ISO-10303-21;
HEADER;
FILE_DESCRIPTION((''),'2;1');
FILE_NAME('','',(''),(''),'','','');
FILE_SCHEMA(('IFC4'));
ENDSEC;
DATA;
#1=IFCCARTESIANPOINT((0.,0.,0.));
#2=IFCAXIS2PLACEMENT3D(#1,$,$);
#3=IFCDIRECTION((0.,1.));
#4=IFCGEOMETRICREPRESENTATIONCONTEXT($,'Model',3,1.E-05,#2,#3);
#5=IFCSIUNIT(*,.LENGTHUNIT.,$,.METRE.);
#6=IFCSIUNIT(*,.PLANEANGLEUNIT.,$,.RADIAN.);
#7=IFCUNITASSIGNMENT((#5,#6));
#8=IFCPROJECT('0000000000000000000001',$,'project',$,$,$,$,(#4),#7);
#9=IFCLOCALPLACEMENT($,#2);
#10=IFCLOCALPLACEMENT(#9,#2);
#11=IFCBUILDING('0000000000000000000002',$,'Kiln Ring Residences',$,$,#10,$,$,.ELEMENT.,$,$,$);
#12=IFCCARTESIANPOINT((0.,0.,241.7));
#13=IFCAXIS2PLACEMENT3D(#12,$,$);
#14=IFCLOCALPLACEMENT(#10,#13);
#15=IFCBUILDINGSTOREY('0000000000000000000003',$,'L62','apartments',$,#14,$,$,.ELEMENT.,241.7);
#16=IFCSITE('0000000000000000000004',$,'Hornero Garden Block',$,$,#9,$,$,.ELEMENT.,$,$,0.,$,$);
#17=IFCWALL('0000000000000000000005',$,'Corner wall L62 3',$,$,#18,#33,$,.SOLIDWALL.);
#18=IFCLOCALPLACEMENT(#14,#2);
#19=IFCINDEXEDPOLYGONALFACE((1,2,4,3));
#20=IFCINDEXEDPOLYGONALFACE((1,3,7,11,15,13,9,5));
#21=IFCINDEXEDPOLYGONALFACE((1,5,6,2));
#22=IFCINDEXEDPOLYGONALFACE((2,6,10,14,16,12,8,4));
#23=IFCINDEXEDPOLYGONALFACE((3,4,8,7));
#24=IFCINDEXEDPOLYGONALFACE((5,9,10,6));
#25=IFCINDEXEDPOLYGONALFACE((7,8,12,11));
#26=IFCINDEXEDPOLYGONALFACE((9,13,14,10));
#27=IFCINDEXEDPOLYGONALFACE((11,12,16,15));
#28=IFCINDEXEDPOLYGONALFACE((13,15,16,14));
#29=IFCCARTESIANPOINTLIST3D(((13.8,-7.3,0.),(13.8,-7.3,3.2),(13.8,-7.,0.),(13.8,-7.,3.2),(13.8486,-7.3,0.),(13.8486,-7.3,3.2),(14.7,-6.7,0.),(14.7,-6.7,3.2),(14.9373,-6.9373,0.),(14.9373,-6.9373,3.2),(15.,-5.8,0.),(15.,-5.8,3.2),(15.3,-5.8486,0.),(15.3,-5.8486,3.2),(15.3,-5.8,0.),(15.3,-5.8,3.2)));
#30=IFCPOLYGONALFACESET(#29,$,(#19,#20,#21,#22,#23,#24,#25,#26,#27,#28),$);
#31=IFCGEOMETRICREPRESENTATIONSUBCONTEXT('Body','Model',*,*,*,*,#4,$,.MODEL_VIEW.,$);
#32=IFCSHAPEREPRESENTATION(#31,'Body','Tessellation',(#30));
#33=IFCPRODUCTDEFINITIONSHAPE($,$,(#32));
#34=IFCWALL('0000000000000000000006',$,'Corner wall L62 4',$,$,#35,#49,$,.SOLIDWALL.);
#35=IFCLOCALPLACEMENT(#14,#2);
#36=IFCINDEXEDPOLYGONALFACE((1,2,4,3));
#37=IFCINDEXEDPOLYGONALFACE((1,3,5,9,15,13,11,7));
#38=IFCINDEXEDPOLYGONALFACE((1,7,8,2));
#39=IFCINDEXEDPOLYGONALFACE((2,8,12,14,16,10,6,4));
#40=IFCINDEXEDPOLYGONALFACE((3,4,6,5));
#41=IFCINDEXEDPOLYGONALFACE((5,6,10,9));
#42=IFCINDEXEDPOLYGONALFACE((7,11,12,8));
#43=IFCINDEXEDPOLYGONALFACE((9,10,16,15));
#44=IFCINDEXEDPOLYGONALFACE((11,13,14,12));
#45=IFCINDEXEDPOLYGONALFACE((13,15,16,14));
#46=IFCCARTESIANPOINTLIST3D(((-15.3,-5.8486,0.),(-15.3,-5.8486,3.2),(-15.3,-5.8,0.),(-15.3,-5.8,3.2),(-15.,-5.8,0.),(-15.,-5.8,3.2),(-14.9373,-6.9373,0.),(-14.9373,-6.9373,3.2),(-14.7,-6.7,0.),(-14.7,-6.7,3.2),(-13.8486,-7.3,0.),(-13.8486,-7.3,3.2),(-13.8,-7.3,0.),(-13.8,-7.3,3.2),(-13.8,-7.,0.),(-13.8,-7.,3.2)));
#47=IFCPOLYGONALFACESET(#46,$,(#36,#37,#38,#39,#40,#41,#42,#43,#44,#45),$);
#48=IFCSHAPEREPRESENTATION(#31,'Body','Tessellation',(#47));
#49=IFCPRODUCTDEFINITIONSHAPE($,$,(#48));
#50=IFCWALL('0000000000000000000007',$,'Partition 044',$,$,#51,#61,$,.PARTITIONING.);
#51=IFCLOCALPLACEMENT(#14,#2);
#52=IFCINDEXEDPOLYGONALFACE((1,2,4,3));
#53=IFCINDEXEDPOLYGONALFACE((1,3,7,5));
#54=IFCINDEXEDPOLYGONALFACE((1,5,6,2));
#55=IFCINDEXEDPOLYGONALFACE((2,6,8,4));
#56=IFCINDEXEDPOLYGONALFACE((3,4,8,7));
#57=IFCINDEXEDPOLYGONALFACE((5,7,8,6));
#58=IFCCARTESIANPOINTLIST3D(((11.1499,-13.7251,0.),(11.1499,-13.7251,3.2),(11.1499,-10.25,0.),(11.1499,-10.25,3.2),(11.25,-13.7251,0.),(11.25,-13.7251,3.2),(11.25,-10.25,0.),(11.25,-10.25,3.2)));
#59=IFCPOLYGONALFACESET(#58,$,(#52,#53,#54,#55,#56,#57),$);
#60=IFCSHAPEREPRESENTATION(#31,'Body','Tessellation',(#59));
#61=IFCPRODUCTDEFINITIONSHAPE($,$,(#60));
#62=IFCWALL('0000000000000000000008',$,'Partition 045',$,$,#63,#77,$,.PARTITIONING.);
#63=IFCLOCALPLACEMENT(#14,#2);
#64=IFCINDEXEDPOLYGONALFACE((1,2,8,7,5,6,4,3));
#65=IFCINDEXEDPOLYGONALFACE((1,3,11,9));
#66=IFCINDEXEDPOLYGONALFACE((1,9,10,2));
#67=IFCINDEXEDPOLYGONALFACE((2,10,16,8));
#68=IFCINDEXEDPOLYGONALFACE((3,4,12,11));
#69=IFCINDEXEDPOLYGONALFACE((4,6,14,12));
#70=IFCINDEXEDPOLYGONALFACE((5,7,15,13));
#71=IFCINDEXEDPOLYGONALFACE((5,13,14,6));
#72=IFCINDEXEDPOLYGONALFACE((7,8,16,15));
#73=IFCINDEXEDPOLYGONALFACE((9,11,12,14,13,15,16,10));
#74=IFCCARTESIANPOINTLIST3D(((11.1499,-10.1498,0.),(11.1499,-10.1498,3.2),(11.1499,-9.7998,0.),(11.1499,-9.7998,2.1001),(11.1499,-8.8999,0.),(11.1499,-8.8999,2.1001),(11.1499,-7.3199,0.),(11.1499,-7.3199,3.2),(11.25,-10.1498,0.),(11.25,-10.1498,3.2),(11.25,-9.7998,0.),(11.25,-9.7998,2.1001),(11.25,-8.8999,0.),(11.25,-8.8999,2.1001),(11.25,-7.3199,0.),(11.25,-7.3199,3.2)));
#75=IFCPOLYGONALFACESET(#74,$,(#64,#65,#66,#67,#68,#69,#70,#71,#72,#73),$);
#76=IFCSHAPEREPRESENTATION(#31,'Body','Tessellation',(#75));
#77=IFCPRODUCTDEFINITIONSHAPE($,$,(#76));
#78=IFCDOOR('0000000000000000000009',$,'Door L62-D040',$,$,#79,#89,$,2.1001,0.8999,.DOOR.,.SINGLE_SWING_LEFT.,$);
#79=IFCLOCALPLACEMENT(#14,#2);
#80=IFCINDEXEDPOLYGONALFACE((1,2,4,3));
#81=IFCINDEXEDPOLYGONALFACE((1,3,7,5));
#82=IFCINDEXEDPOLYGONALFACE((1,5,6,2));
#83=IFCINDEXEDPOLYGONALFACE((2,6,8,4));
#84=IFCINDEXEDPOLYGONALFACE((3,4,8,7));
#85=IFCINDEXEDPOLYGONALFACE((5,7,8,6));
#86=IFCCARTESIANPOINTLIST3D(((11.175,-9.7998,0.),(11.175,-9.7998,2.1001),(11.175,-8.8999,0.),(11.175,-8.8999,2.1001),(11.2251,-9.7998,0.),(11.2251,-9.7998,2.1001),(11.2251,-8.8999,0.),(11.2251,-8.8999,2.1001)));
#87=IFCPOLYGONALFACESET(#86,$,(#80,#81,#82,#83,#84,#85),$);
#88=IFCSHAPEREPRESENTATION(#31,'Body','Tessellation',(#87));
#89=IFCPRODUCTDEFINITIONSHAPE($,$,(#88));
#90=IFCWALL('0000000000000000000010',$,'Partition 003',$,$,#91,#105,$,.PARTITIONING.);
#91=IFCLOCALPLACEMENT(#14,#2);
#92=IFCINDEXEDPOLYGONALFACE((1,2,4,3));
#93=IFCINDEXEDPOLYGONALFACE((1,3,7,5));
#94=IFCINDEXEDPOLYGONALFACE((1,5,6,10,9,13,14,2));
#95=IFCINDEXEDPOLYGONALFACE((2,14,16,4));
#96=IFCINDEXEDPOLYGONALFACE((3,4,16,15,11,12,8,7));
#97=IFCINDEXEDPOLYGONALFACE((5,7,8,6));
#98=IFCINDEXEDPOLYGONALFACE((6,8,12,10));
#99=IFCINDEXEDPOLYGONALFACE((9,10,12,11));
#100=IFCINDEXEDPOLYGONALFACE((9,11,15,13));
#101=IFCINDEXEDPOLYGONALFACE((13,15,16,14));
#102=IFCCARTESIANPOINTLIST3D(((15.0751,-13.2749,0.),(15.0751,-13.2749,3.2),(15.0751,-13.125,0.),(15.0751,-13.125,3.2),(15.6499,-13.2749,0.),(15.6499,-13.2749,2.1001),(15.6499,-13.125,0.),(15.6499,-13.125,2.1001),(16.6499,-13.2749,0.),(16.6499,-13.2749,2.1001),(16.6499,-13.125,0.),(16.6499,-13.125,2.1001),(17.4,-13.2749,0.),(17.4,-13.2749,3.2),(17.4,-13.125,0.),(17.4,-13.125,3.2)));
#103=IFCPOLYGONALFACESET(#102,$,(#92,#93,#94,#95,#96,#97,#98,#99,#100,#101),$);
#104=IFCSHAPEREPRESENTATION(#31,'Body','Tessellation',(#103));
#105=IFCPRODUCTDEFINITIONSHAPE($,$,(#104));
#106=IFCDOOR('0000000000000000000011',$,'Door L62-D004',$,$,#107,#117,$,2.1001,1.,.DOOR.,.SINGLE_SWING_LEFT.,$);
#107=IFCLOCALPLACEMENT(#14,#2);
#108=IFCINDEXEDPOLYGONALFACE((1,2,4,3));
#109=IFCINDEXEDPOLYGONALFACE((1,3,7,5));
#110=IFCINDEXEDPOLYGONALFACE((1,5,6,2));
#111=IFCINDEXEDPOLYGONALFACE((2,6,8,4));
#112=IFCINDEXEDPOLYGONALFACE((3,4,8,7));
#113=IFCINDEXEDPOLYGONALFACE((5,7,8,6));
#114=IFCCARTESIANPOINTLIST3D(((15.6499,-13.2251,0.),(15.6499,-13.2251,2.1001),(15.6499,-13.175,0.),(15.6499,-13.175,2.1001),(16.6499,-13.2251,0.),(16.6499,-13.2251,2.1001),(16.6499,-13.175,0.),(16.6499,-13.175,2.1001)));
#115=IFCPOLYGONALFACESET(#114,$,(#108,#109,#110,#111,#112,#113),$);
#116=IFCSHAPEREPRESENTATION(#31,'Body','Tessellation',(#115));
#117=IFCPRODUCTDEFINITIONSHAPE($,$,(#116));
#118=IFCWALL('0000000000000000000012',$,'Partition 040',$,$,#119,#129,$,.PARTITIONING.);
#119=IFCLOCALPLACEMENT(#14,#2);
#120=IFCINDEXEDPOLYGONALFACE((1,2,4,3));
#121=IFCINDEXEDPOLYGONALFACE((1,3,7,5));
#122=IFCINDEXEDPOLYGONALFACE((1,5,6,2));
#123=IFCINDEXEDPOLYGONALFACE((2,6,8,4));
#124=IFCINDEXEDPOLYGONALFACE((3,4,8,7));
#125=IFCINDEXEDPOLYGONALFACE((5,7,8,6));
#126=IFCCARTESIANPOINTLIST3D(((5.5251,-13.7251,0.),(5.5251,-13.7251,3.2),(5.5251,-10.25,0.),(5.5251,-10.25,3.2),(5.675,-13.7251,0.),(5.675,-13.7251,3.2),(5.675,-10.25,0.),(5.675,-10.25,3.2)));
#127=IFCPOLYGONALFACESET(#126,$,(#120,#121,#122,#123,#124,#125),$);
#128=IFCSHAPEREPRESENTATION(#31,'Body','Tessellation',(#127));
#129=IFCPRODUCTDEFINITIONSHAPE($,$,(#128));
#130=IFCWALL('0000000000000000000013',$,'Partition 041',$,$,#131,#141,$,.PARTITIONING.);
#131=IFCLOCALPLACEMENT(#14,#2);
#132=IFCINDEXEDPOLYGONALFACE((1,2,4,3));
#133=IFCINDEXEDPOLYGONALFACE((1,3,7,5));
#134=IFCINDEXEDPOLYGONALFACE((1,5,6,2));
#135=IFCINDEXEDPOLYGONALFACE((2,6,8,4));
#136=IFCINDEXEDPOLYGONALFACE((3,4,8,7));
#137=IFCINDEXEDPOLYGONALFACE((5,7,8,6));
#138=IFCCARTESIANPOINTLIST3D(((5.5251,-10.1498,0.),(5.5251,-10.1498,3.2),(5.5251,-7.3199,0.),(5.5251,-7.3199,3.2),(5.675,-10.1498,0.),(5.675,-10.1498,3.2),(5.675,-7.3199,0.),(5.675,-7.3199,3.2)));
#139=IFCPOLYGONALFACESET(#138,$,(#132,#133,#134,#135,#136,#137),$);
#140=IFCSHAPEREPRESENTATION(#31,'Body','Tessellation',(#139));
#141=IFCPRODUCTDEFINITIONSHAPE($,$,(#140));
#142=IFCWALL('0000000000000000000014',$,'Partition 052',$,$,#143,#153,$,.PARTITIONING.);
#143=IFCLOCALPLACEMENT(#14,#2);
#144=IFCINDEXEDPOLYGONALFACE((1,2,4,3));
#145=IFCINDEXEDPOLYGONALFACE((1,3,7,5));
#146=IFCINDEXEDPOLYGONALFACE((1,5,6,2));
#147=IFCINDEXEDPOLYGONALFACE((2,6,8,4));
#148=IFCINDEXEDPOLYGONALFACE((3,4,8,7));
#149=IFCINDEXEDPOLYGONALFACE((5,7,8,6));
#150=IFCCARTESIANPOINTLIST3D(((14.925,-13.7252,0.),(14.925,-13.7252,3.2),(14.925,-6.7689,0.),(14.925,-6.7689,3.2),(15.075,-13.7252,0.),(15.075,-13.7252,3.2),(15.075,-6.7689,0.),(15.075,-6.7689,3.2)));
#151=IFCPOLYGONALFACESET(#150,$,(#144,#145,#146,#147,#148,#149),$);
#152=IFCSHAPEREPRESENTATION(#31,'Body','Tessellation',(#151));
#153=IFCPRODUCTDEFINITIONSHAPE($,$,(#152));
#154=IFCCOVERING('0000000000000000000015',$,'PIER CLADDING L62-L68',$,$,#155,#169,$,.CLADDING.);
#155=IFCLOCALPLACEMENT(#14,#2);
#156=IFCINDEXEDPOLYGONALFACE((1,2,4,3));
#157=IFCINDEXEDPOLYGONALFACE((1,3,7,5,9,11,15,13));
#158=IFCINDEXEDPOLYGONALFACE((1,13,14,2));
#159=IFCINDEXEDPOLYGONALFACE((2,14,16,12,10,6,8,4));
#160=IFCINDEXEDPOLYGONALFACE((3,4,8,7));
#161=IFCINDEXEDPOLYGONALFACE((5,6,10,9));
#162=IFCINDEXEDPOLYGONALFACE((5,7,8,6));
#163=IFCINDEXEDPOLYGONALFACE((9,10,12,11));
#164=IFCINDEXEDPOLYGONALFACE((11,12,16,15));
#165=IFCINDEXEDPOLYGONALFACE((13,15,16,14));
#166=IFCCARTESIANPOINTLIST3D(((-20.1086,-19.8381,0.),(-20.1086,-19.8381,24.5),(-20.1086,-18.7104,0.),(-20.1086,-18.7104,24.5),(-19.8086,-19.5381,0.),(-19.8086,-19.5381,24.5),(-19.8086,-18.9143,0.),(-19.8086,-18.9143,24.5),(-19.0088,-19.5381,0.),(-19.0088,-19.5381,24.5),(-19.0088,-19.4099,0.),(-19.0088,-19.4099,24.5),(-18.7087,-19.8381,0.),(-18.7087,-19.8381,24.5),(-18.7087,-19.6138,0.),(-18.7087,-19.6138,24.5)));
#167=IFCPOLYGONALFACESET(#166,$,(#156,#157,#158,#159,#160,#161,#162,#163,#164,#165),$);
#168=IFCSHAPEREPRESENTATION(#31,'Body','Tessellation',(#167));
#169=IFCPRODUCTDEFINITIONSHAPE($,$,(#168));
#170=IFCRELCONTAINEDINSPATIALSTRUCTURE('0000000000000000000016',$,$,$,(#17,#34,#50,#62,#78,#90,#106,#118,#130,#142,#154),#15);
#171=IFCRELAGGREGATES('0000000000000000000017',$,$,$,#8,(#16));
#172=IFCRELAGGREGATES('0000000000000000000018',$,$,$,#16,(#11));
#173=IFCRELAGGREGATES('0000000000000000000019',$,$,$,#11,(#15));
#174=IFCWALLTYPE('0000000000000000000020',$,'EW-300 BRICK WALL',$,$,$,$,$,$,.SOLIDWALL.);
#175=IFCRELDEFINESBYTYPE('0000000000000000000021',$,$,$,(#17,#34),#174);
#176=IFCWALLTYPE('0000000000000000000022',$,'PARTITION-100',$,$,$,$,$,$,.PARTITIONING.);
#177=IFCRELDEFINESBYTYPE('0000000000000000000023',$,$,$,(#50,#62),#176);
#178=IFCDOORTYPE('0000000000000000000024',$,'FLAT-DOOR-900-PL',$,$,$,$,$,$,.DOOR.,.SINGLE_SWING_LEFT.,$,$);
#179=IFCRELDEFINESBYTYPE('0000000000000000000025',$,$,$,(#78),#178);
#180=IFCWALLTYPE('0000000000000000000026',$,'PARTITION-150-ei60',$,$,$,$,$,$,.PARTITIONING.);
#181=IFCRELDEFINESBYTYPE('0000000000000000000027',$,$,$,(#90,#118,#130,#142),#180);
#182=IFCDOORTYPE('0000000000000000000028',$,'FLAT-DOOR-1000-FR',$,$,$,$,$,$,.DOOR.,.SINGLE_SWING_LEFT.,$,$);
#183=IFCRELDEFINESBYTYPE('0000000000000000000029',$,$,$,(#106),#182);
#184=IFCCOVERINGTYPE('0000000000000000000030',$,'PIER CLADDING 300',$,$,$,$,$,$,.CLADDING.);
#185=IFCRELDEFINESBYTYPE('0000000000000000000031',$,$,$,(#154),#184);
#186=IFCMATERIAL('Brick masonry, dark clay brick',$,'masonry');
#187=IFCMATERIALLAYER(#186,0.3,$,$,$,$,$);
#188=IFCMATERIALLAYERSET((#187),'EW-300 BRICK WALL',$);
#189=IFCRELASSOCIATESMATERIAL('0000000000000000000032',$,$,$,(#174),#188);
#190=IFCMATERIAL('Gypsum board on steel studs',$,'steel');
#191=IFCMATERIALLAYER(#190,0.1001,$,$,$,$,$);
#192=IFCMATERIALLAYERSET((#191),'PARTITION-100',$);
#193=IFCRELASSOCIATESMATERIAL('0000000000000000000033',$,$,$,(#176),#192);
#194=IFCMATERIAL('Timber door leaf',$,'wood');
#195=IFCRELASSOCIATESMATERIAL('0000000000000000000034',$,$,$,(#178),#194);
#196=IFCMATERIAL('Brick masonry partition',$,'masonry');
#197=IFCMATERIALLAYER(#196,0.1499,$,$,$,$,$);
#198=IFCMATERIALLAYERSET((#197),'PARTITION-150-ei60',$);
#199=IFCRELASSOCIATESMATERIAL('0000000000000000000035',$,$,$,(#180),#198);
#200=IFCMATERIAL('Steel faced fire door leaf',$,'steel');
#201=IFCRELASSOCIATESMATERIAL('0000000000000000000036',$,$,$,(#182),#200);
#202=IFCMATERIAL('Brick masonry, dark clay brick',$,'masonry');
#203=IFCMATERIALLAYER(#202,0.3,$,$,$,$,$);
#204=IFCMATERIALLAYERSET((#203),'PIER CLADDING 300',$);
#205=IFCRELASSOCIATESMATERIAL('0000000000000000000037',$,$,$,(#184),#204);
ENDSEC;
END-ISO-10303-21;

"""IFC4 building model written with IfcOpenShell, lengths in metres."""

from ifc_helpers import new_model, si_unit, direction, frame, frame_2d, origin, place, context, subcontext, project, spatial, polyline, rectangle, outline, extrude, material, layer, layer_set, type_object, element, fill, save


model = new_model("IFC4")

# Units and contexts
model_context = context("Model", 3, precision=1e-05, world=origin(), true_north=direction((0.0, 1.0)))
body_context = subcontext(model_context, "Body", "Model", "MODEL_VIEW")
ifc_project = project(units=[si_unit("LENGTHUNIT", "METRE"), si_unit("PLANEANGLEUNIT", "RADIAN")], contexts=[model_context])

# Site, building, storey
site_placement = place(None, origin())
site = spatial("IfcSite", under=ifc_project, at=site_placement, Name="Hornero Garden Block", CompositionType="ELEMENT", RefElevation=0.0)
building_placement = place(site_placement, origin())
building = spatial("IfcBuilding", under=site, at=building_placement, Name="Kiln Ring Residences", CompositionType="ELEMENT")
storey_placement = place(building_placement, frame((0.0, 0.0, 241.7)))
storey = spatial("IfcBuildingStorey", under=building, at=storey_placement, Name="L62", Description="apartments", CompositionType="ELEMENT", Elevation=241.7)

# Shared definitions
ifc_material_1 = material(Name="Brick masonry, dark clay brick", Category="masonry")
ifc_layer_1 = layer(ifc_material_1, 0.3)
ifc_layer_set_1 = layer_set([ifc_layer_1], Name="EW-300 BRICK WALL")
wall_type_1 = type_object("IfcWallType", Name="EW-300 BRICK WALL", PredefinedType="SOLIDWALL", material=ifc_layer_set_1)

# Walls
placement = place(storey_placement, origin())
element("IfcWall", 1, at=placement, inside=storey, type_object=wall_type_1, Name="Corner wall L62 3", PredefinedType="SOLIDWALL", context=body_context, shape_type="SweptSolid", body=[
    extrude(outline(polyline([(14.9373, -6.9373), (15.3, -5.8486), (15.3, -5.8), (15.0, -5.8), (14.7, -6.7), (13.8, -7.0), (13.8, -7.3), (13.8486, -7.3), (14.9373, -6.9373)])), origin(), (0.0, 0.0, 1.0), 3.2),
])
element("IfcWall", 2, at=placement, inside=storey, type_object=wall_type_1, Name="Corner wall L62 4", PredefinedType="SOLIDWALL", context=body_context, shape_type="SweptSolid", body=[
    extrude(outline(polyline([(-14.9373, -6.9373), (-13.8486, -7.3), (-13.8, -7.3), (-13.8, -7.0), (-14.7, -6.7), (-15.0, -5.8), (-15.3, -5.8), (-15.3, -5.8486), (-14.9373, -6.9373)])), origin(), (0.0, 0.0, 1.0), 3.2),
])
ifc_material_2 = material(Name="Gypsum board on steel studs", Category="steel")
ifc_layer_2 = layer(ifc_material_2, 0.1001)
ifc_layer_set_2 = layer_set([ifc_layer_2], Name="PARTITION-100")
wall_type_2 = type_object("IfcWallType", Name="PARTITION-100", PredefinedType="PARTITIONING", material=ifc_layer_set_2)
wall_1_placement = place(storey_placement, frame((11.2, -13.7251, 0.0), z_axis=(0.0, 0.0, 1.0), x_axis=(0.0, 1.0, 0.0)))
element("IfcWall", 3, at=wall_1_placement, inside=storey, type_object=wall_type_2, Name="Partition 044", PredefinedType="PARTITIONING", context=body_context, shape_type="SweptSolid", body=[
    extrude(rectangle(XDim=3.4751, YDim=0.1001, at=frame_2d((1.7375, 0.0))), origin(), (0.0, 0.0, 1.0), 3.2),
])

# Walls, openings, doors
wall_2_placement = place(storey_placement, frame((11.2, -10.1499, 0.0), z_axis=(0.0, 0.0, 1.0), x_axis=(0.0, 1.0, 0.0)))
wall_2 = element("IfcWall", 4, at=wall_2_placement, inside=storey, type_object=wall_type_2, Name="Partition 045", PredefinedType="PARTITIONING", context=body_context, shape_type="SweptSolid", body=[
    extrude(rectangle(XDim=2.8298, YDim=0.1001, at=frame_2d((1.415, 0.0))), origin(), (0.0, 0.0, 1.0), 3.2),
])
opening_1_placement = place(wall_2_placement, frame((0.3501, 0.0, 0.0)))
opening_1 = element("IfcOpeningElement", 5, at=opening_1_placement, cuts=wall_2, PredefinedType="OPENING", context=body_context, shape_type="SweptSolid", body=[
    extrude(rectangle(XDim=0.8999, YDim=2.1001, at=frame_2d((0.45, 1.05))), frame((0.0, 0.0601, 0.0), z_axis=(0.0, -1.0, 0.0), x_axis=(1.0, 0.0, 0.0)), (0.0, 0.0, 1.0), 0.1201),
])
ifc_material_3 = material(Name="Timber door leaf", Category="wood")
door_type_1 = type_object("IfcDoorType", Name="FLAT-DOOR-900-PL", OperationType="SINGLE_SWING_LEFT", PredefinedType="DOOR", material=ifc_material_3)
door_1_placement = place(opening_1_placement, origin())
door_1 = element("IfcDoor", 6, at=door_1_placement, inside=storey, type_object=door_type_1, Name="Door L62-D040", OperationType="SINGLE_SWING_LEFT", OverallHeight=2.1001, OverallWidth=0.8999, PredefinedType="DOOR", context=body_context, shape_type="SweptSolid", body=[
    extrude(rectangle(XDim=0.8999, YDim=2.1001, at=frame_2d((0.45, 1.05))), frame((0.0, 0.0249, 0.0), z_axis=(0.0, -1.0, 0.0), x_axis=(1.0, 0.0, 0.0)), (0.0, 0.0, 1.0), 0.05),
])
fill(opening_1, door_1)
ifc_material_4 = material(Name="Brick masonry partition", Category="masonry")
ifc_layer_3 = layer(ifc_material_4, 0.1499)
ifc_layer_set_3 = layer_set([ifc_layer_3], Name="PARTITION-150-ei60")
wall_type_3 = type_object("IfcWallType", Name="PARTITION-150-ei60", PredefinedType="PARTITIONING", material=ifc_layer_set_3)
wall_3_placement = place(storey_placement, frame((15.075, -13.2, 0.0), z_axis=(0.0, 0.0, 1.0), x_axis=(1.0, 0.0, 0.0)))
wall_3 = element("IfcWall", 7, at=wall_3_placement, inside=storey, type_object=wall_type_3, Name="Partition 003", PredefinedType="PARTITIONING", context=body_context, shape_type="SweptSolid", body=[
    extrude(rectangle(XDim=2.325, YDim=0.1499, at=frame_2d((1.1626, 0.0))), origin(), (0.0, 0.0, 1.0), 3.2),
])
opening_2_placement = place(wall_3_placement, frame((0.575, 0.0, 0.0)))
opening_2 = element("IfcOpeningElement", 8, at=opening_2_placement, cuts=wall_3, PredefinedType="OPENING", context=body_context, shape_type="SweptSolid", body=[
    extrude(rectangle(XDim=1.0, YDim=2.1001, at=frame_2d((0.5, 1.05))), frame((0.0, 0.085, 0.0), z_axis=(0.0, -1.0, 0.0), x_axis=(1.0, 0.0, 0.0)), (0.0, 0.0, 1.0), 0.1699),
])
ifc_material_5 = material(Name="Steel faced fire door leaf", Category="steel")
door_type_2 = type_object("IfcDoorType", Name="FLAT-DOOR-1000-FR", OperationType="SINGLE_SWING_LEFT", PredefinedType="DOOR", material=ifc_material_5)
door_2_placement = place(opening_2_placement, origin())
door_2 = element("IfcDoor", 9, at=door_2_placement, inside=storey, type_object=door_type_2, Name="Door L62-D004", OperationType="SINGLE_SWING_LEFT", OverallHeight=2.1001, OverallWidth=1.0, PredefinedType="DOOR", context=body_context, shape_type="SweptSolid", body=[
    extrude(rectangle(XDim=1.0, YDim=2.1001, at=frame_2d((0.5, 1.05))), frame((0.0, 0.0249, 0.0), z_axis=(0.0, -1.0, 0.0), x_axis=(1.0, 0.0, 0.0)), (0.0, 0.0, 1.0), 0.05),
])
fill(opening_2, door_2)

# Walls
wall_4_placement = place(storey_placement, frame((5.6001, -13.7251, 0.0), z_axis=(0.0, 0.0, 1.0), x_axis=(0.0, 1.0, 0.0)))
element("IfcWall", 10, at=wall_4_placement, inside=storey, type_object=wall_type_3, Name="Partition 040", PredefinedType="PARTITIONING", context=body_context, shape_type="SweptSolid", body=[
    extrude(rectangle(XDim=3.4751, YDim=0.1499, at=frame_2d((1.7375, 0.0))), origin(), (0.0, 0.0, 1.0), 3.2),
])
wall_5_placement = place(storey_placement, frame((5.6001, -10.1499, 0.0), z_axis=(0.0, 0.0, 1.0), x_axis=(0.0, 1.0, 0.0)))
element("IfcWall", 11, at=wall_5_placement, inside=storey, type_object=wall_type_3, Name="Partition 041", PredefinedType="PARTITIONING", context=body_context, shape_type="SweptSolid", body=[
    extrude(rectangle(XDim=2.8298, YDim=0.1499, at=frame_2d((1.415, 0.0))), origin(), (0.0, 0.0, 1.0), 3.2),
])
wall_6_placement = place(storey_placement, frame((15.0, -13.7251, 0.0), z_axis=(0.0, 0.0, 1.0), x_axis=(0.0, 1.0, 0.0)))
element("IfcWall", 12, at=wall_6_placement, inside=storey, type_object=wall_type_3, Name="Partition 052", PredefinedType="PARTITIONING", context=body_context, shape_type="SweptSolid", body=[
    extrude(rectangle(XDim=6.9563, YDim=0.1499, at=frame_2d((3.478, 0.0))), origin(), (0.0, 0.0, 1.0), 3.2),
])

# Covering
ifc_material_6 = material(Name="Brick masonry, dark clay brick", Category="masonry")
ifc_layer_4 = layer(ifc_material_6, 0.3)
ifc_layer_set_4 = layer_set([ifc_layer_4], Name="PIER CLADDING 300")
covering_type_1 = type_object("IfcCoveringType", Name="PIER CLADDING 300", PredefinedType="CLADDING", material=ifc_layer_set_4)
element("IfcCovering", 13, at=placement, inside=storey, type_object=covering_type_1, Name="PIER CLADDING L62-L68", PredefinedType="CLADDING", context=body_context, shape_type="SweptSolid", body=[
    extrude(outline(polyline([(-19.8086, -19.5381), (-19.8086, -18.9143), (-20.1086, -18.7104), (-20.1086, -19.8381), (-18.7087, -19.8381), (-18.7087, -19.6138), (-19.0088, -19.4099), (-19.0088, -19.5381), (-19.8086, -19.5381)])), origin(), (0.0, 0.0, 1.0), 24.5),
])

save(model, "model.ifc")
